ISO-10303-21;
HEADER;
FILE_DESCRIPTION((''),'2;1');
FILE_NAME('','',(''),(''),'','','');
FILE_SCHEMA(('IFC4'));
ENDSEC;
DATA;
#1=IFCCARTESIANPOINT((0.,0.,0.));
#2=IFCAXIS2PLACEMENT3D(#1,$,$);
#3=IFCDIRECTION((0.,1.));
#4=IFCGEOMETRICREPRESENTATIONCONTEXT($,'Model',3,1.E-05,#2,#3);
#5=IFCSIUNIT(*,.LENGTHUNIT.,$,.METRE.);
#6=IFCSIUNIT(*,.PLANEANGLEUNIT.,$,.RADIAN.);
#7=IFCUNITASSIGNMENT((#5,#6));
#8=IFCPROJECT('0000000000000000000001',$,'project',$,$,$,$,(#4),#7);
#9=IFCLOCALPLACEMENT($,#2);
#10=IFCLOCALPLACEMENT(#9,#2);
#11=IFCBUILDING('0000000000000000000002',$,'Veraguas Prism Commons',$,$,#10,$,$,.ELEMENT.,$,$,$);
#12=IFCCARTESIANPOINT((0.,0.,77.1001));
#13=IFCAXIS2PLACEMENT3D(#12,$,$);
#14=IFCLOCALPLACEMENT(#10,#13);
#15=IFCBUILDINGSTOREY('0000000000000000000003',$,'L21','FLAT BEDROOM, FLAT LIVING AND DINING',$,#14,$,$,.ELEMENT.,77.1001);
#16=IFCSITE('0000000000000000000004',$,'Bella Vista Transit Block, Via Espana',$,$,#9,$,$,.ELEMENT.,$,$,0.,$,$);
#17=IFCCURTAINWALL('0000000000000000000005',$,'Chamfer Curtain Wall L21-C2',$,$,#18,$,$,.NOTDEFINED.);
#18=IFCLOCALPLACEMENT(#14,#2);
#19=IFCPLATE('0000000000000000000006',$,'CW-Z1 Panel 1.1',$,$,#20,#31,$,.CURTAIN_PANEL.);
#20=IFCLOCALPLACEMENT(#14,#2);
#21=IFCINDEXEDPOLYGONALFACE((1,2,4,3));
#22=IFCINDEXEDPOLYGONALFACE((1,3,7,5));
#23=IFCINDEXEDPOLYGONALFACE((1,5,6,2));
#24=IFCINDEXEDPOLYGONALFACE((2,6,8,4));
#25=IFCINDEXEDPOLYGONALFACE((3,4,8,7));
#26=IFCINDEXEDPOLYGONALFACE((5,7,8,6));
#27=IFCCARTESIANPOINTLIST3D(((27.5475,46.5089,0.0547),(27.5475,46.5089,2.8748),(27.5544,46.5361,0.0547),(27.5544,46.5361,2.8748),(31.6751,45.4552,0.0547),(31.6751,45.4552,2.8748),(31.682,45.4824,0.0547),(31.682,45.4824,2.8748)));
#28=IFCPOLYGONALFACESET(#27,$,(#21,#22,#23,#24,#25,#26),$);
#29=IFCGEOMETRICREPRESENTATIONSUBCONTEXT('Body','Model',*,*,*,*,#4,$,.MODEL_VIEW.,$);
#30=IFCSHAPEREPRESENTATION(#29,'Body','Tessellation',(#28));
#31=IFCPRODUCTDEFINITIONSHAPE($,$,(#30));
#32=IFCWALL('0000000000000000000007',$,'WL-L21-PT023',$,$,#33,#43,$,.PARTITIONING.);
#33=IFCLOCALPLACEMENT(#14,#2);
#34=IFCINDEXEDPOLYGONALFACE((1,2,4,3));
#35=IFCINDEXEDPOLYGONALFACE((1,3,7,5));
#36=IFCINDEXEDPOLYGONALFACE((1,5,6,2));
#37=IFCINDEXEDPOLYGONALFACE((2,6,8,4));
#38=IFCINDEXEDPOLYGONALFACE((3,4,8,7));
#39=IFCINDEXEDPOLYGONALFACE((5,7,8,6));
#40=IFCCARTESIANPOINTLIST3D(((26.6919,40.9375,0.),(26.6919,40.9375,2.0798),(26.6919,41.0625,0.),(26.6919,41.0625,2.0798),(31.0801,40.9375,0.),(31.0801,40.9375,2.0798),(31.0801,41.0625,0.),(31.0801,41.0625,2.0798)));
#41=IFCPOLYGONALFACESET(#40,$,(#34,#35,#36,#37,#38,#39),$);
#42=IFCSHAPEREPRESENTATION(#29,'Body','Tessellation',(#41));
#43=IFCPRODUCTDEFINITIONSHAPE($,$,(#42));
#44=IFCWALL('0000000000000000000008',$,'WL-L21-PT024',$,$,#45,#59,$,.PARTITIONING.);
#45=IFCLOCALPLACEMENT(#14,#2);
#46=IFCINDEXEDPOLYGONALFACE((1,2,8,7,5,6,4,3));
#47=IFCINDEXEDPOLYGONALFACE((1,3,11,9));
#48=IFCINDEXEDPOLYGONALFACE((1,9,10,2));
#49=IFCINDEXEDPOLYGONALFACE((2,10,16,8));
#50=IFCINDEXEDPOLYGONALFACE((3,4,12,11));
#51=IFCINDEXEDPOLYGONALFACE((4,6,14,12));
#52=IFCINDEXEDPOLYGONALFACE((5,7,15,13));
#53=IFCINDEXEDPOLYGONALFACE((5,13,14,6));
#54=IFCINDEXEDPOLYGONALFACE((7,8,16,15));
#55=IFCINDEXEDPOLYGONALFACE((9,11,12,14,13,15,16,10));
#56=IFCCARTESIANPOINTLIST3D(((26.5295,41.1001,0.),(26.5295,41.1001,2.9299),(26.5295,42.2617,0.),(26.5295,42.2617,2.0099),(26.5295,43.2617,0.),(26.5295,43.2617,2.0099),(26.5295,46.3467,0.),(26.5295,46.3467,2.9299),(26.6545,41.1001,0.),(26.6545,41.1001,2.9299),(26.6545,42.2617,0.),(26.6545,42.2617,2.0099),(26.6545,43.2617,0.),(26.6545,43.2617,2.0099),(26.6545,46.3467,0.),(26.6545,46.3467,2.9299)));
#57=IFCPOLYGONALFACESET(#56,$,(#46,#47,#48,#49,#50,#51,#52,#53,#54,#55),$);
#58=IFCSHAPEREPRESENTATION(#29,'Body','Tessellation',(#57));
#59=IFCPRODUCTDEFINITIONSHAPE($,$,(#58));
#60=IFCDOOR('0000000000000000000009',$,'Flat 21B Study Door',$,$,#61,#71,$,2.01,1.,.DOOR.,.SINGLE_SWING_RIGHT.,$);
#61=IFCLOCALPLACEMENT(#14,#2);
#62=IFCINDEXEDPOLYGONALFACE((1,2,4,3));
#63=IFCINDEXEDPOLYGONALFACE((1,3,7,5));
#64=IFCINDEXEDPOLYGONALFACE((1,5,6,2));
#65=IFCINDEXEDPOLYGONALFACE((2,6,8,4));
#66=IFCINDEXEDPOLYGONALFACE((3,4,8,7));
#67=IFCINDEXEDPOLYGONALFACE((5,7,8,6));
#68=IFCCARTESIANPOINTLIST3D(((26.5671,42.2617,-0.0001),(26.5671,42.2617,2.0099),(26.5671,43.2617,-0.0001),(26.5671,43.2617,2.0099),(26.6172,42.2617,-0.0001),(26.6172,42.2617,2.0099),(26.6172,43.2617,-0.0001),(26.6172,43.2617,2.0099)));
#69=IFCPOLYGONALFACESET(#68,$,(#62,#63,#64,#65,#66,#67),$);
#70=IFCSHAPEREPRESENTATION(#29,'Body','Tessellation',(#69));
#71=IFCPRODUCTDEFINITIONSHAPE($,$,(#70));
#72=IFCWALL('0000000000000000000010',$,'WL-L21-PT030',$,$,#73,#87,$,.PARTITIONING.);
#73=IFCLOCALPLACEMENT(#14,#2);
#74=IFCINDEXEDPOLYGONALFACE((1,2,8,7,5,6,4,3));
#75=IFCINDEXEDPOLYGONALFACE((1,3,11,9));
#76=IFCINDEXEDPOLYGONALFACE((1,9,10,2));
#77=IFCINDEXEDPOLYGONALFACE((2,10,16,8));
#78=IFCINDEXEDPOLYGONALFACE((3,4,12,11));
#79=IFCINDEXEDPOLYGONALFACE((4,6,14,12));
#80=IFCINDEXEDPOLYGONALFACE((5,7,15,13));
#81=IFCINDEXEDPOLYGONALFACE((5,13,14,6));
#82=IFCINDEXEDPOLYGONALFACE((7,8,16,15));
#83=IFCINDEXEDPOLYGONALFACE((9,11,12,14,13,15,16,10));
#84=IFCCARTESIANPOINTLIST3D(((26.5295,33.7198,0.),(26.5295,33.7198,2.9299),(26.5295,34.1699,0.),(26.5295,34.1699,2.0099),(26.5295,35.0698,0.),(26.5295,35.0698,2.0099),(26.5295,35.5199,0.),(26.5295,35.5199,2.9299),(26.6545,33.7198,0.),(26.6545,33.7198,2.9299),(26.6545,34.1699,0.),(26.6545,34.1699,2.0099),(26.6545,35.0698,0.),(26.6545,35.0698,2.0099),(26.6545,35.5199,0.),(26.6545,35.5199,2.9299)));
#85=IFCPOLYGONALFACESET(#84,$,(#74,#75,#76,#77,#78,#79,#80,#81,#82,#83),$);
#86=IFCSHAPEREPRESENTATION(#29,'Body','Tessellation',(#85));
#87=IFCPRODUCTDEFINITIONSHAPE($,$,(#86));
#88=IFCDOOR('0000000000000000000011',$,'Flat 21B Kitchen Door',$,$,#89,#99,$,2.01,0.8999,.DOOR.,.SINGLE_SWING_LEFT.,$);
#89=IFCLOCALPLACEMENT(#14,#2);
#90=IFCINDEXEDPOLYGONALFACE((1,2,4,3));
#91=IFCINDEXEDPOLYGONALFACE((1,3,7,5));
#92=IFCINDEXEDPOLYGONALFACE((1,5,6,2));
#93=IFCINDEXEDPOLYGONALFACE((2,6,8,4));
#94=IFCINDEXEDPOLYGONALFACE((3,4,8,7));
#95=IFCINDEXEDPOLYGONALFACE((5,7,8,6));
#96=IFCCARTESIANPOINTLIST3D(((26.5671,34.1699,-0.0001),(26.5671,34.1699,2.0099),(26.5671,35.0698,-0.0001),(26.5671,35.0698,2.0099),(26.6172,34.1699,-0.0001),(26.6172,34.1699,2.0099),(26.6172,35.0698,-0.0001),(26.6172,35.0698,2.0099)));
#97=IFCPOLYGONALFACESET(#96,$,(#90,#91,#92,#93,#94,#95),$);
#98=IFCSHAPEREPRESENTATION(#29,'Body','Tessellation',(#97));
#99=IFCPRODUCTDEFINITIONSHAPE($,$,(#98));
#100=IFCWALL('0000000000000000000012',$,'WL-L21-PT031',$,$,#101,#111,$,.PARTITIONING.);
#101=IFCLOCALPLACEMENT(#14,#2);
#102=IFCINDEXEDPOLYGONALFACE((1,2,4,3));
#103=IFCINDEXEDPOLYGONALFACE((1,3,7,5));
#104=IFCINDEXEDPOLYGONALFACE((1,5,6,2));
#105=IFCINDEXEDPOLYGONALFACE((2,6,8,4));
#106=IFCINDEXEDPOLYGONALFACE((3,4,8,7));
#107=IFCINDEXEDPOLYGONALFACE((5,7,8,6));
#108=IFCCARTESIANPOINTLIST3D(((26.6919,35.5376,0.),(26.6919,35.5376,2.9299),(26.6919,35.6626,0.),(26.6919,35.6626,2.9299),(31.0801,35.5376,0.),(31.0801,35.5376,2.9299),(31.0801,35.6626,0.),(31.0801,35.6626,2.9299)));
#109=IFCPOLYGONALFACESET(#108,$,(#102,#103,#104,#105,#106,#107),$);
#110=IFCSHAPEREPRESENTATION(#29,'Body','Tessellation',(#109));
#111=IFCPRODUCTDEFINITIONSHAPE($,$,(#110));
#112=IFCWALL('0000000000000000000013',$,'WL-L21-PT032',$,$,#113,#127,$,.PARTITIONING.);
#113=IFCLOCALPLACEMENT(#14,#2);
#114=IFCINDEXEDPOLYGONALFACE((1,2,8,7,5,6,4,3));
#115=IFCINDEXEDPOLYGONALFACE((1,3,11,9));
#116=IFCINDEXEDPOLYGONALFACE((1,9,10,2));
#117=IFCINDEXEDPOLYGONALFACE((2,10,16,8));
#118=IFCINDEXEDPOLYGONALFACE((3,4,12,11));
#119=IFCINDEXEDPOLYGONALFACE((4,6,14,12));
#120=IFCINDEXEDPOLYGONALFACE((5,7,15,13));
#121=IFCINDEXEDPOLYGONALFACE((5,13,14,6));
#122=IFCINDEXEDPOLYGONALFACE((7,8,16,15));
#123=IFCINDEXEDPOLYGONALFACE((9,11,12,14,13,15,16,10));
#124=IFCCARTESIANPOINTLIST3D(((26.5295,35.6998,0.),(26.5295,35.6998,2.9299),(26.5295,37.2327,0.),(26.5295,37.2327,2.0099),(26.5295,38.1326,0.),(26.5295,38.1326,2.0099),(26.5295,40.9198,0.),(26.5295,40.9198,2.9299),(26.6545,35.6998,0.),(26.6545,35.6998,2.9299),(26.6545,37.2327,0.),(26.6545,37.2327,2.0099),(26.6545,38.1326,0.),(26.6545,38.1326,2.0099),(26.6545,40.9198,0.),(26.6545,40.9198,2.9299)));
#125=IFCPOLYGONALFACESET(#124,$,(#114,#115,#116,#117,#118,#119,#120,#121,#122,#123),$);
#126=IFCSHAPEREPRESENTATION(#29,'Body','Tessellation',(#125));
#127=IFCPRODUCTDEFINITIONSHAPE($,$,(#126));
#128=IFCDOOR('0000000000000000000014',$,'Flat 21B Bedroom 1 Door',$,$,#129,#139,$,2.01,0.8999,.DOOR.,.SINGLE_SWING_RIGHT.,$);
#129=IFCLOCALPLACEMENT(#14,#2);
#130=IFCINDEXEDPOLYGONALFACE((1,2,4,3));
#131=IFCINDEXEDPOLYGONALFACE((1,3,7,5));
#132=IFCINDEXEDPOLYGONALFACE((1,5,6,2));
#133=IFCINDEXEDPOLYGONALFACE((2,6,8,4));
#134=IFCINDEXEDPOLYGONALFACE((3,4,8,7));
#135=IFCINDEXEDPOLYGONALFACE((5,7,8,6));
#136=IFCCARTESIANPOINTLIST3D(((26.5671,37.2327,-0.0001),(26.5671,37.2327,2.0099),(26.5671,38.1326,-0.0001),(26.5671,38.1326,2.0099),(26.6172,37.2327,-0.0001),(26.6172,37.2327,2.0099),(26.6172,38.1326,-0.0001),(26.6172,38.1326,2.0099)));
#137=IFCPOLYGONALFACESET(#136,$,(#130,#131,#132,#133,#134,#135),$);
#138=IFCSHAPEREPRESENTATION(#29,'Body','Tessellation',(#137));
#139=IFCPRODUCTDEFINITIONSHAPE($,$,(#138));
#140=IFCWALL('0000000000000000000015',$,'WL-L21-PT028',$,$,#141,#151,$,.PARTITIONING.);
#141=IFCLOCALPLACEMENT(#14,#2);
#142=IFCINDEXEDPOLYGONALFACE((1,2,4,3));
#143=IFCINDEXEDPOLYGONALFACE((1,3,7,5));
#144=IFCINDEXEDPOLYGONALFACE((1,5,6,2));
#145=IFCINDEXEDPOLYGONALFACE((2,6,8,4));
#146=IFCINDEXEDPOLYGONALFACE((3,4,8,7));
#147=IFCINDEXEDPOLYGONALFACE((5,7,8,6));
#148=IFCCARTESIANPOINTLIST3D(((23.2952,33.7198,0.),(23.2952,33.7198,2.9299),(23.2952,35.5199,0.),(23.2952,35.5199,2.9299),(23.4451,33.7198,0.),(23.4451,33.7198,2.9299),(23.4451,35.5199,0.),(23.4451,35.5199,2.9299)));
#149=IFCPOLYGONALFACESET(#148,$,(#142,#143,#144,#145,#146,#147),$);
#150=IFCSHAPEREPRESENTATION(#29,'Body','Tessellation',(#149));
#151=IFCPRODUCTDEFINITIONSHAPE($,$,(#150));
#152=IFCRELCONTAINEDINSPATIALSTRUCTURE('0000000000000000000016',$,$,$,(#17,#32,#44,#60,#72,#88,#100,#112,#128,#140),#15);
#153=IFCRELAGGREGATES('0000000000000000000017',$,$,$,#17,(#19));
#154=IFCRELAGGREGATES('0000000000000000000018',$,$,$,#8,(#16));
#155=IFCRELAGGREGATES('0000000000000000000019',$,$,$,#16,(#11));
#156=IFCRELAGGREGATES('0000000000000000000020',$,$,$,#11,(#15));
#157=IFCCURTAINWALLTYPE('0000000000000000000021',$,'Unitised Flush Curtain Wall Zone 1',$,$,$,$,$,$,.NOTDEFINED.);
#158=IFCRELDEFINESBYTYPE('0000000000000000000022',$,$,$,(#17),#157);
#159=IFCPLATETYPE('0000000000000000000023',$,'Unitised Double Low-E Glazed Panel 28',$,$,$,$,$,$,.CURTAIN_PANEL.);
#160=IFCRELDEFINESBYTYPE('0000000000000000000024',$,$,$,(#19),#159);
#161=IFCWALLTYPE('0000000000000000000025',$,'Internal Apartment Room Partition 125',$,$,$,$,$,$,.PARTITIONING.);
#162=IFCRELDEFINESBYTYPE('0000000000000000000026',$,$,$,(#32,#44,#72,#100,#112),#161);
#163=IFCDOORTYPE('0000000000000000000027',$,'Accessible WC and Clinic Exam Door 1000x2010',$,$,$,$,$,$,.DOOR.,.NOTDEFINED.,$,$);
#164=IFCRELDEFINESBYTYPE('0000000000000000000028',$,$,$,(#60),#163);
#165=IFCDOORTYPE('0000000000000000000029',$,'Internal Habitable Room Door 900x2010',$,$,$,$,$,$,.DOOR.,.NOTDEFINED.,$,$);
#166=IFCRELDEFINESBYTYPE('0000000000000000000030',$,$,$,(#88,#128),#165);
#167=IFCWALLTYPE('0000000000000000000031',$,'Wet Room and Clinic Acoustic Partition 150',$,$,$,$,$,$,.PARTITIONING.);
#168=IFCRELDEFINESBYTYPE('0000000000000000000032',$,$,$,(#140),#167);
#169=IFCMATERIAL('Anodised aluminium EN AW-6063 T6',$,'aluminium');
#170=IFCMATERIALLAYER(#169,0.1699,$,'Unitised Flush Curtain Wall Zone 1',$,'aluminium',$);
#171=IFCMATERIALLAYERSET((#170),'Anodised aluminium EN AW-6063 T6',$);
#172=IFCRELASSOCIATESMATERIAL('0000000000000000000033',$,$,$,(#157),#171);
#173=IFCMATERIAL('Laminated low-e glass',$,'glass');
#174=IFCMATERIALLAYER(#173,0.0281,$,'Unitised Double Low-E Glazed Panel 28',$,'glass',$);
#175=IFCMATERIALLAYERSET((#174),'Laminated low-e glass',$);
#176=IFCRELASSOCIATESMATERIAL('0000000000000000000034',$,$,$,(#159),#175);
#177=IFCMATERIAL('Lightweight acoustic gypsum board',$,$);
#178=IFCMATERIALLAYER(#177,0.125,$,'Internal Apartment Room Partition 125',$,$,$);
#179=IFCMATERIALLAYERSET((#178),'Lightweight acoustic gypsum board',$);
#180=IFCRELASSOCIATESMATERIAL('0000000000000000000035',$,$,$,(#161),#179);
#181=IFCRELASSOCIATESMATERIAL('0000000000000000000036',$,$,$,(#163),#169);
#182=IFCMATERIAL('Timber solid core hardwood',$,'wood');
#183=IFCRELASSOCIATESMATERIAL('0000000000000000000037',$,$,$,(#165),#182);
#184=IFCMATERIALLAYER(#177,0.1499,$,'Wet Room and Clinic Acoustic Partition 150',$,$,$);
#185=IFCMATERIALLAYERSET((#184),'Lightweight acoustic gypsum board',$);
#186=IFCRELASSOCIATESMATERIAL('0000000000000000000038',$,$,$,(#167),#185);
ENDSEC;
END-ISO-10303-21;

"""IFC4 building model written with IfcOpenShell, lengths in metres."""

from ifc_helpers import new_model, si_unit, direction, frame, frame_2d, origin, origin_2d, place, context, subcontext, project, spatial, rectangle, extrude, source, transform, mapped, material, layer, layer_set, type_object, element, fill, aggregate, save


model = new_model("IFC4")

# Units and contexts
model_context = context("Model", 3, precision=1e-05, world=origin(), true_north=direction((0.0, 1.0)))
body_context = subcontext(model_context, "Body", "Model", "MODEL_VIEW")
ifc_project = project(units=[si_unit("LENGTHUNIT", "METRE"), si_unit("PLANEANGLEUNIT", "RADIAN")], contexts=[model_context])

# Site, building, storey
site_placement = place(None, origin())
site = spatial("IfcSite", under=ifc_project, at=site_placement, Name="Bella Vista Transit Block, Via Espana", CompositionType="ELEMENT", RefElevation=0.0)
building_placement = place(site_placement, origin())
building = spatial("IfcBuilding", under=site, at=building_placement, Name="Veraguas Prism Commons", CompositionType="ELEMENT")
storey_placement = place(building_placement, frame((0.0, 0.0, 77.1001)))
storey = spatial("IfcBuildingStorey", under=building, at=storey_placement, Name="L21", Description="FLAT BEDROOM, FLAT LIVING AND DINING", CompositionType="ELEMENT", Elevation=77.1001)

# Shared definitions
ifc_material_1 = material(Name="Anodised aluminium EN AW-6063 T6", Category="aluminium")
ifc_layer_1 = layer(ifc_material_1, 0.1699, Name="Unitised Flush Curtain Wall Zone 1", Category="aluminium")
ifc_layer_set_1 = layer_set([ifc_layer_1], Name="Anodised aluminium EN AW-6063 T6")
curtain_wall_type = type_object("IfcCurtainWallType", Name="Unitised Flush Curtain Wall Zone 1", PredefinedType="NOTDEFINED", material=ifc_layer_set_1)

# Curtain wall
curtain_wall_1_placement = place(storey_placement, origin())
curtain_wall_1 = element("IfcCurtainWall", 1, at=curtain_wall_1_placement, inside=storey, type_object=curtain_wall_type, Name="Chamfer Curtain Wall L21-C2", PredefinedType="NOTDEFINED")

# Plate
ifc_material_2 = material(Name="Laminated low-e glass", Category="glass")
ifc_layer_2 = layer(ifc_material_2, 0.0281, Name="Unitised Double Low-E Glazed Panel 28", Category="glass")
ifc_layer_set_2 = layer_set([ifc_layer_2], Name="Laminated low-e glass")
plate_type = type_object("IfcPlateType", Name="Unitised Double Low-E Glazed Panel 28", PredefinedType="CURTAIN_PANEL", material=ifc_layer_set_2)
shared_shape_1 = source(origin(), body_context, "Body", "SweptSolid", [
    extrude(rectangle(XDim=4.26, YDim=0.0281, at=origin_2d()), origin(), (0.0, 0.0, 1.0), 2.8201),
])
plate_1_placement = place(storey_placement, frame((29.6147, 45.9956, 0.0547), z_axis=(0.0, 0.0, 1.0), x_axis=(-0.968927, 0.247346, 0.0)))
plate_1 = element("IfcPlate", 2, at=plate_1_placement, type_object=plate_type, Name="CW-Z1 Panel 1.1", PredefinedType="CURTAIN_PANEL", context=body_context, shape_type="MappedRepresentation", body=[
    mapped(shared_shape_1, transform((0.0, 0.0, 0.0), scale=1.0)),
])
aggregate(curtain_wall_1, [plate_1])

# Wall
ifc_material_3 = material(Name="Lightweight acoustic gypsum board")
ifc_layer_3 = layer(ifc_material_3, 0.125, Name="Internal Apartment Room Partition 125")
ifc_layer_set_3 = layer_set([ifc_layer_3], Name="Lightweight acoustic gypsum board")
wall_type_1 = type_object("IfcWallType", Name="Internal Apartment Room Partition 125", PredefinedType="PARTITIONING", material=ifc_layer_set_3)
wall_1_placement = place(storey_placement, frame((26.6919, 41.0, 0.0), z_axis=(0.0, 0.0, 1.0), x_axis=(1.0, 0.0, 0.0)))
element("IfcWall", 3, at=wall_1_placement, inside=storey, type_object=wall_type_1, Name="WL-L21-PT023", PredefinedType="PARTITIONING", context=body_context, shape_type="SweptSolid", body=[
    extrude(rectangle(XDim=4.3882, YDim=0.125, at=frame_2d((2.1941, 0.0))), origin(), (0.0, 0.0, 1.0), 2.0798),
])

# Walls, openings, doors
wall_2_placement = place(storey_placement, frame((26.592, 41.1001, 0.0), z_axis=(0.0, 0.0, 1.0), x_axis=(0.0, 1.0, 0.0)))
wall_2 = element("IfcWall", 4, at=wall_2_placement, inside=storey, type_object=wall_type_1, Name="WL-L21-PT024", PredefinedType="PARTITIONING", context=body_context, shape_type="SweptSolid", body=[
    extrude(rectangle(XDim=5.2466, YDim=0.125, at=frame_2d((2.6233, 0.0))), origin(), (0.0, 0.0, 1.0), 2.9299),
])
opening_1_placement = place(wall_2_placement, frame((1.1616, 0.0, 0.0)))
opening_1 = element("IfcOpeningElement", 5, at=opening_1_placement, cuts=wall_2, PredefinedType="OPENING", context=body_context, shape_type="SweptSolid", body=[
    extrude(rectangle(XDim=1.0, YDim=2.01, at=frame_2d((0.5, 1.0049))), frame((0.0, 0.0725, 0.0), z_axis=(0.0, -1.0, 0.0), x_axis=(1.0, 0.0, 0.0)), (0.0, 0.0, 1.0), 0.145),
])
door_type_1 = type_object("IfcDoorType", Name="Accessible WC and Clinic Exam Door 1000x2010", OperationType="NOTDEFINED", PredefinedType="DOOR", material=ifc_material_1)
shared_shape_2 = source(origin(), body_context, "Body", "SweptSolid", [
    extrude(rectangle(XDim=1.0, YDim=2.01, at=frame_2d((0.5, 1.0049))), frame((0.0, 0.0249, 0.0), z_axis=(0.0, -1.0, 0.0), x_axis=(1.0, 0.0, 0.0)), (0.0, 0.0, 1.0), 0.05),
])
door_1_placement = place(opening_1_placement, origin())
door_1 = element("IfcDoor", 6, at=door_1_placement, inside=storey, type_object=door_type_1, Name="Flat 21B Study Door", OperationType="SINGLE_SWING_RIGHT", OverallHeight=2.01, OverallWidth=1.0, PredefinedType="DOOR", context=body_context, shape_type="MappedRepresentation", body=[
    mapped(shared_shape_2, transform((0.0, 0.0, 0.0), scale=1.0)),
])
fill(opening_1, door_1)
wall_3_placement = place(storey_placement, frame((26.592, 33.72, 0.0), z_axis=(0.0, 0.0, 1.0), x_axis=(0.0, 1.0, 0.0)))
wall_3 = element("IfcWall", 7, at=wall_3_placement, inside=storey, type_object=wall_type_1, Name="WL-L21-PT030", PredefinedType="PARTITIONING", context=body_context, shape_type="SweptSolid", body=[
    extrude(rectangle(XDim=1.8, YDim=0.125, at=frame_2d((0.8999, 0.0))), origin(), (0.0, 0.0, 1.0), 2.9299),
])
opening_2_placement = place(wall_3_placement, frame((0.45, 0.0, 0.0)))
opening_2 = element("IfcOpeningElement", 8, at=opening_2_placement, cuts=wall_3, PredefinedType="OPENING", context=body_context, shape_type="SweptSolid", body=[
    extrude(rectangle(XDim=0.8999, YDim=2.01, at=frame_2d((0.45, 1.0049))), frame((0.0, 0.0725, 0.0), z_axis=(0.0, -1.0, 0.0), x_axis=(1.0, 0.0, 0.0)), (0.0, 0.0, 1.0), 0.145),
])
ifc_material_4 = material(Name="Timber solid core hardwood", Category="wood")
door_type_2 = type_object("IfcDoorType", Name="Internal Habitable Room Door 900x2010", OperationType="NOTDEFINED", PredefinedType="DOOR", material=ifc_material_4)
shared_shape_3 = source(origin(), body_context, "Body", "SweptSolid", [
    extrude(rectangle(XDim=0.8999, YDim=2.01, at=frame_2d((0.45, 1.0049))), frame((0.0, 0.0249, 0.0), z_axis=(0.0, -1.0, 0.0), x_axis=(1.0, 0.0, 0.0)), (0.0, 0.0, 1.0), 0.05),
])
door_2_placement = place(opening_2_placement, origin())
door_2 = element("IfcDoor", 9, at=door_2_placement, inside=storey, type_object=door_type_2, Name="Flat 21B Kitchen Door", OperationType="SINGLE_SWING_LEFT", OverallHeight=2.01, OverallWidth=0.8999, PredefinedType="DOOR", context=body_context, shape_type="MappedRepresentation", body=[
    mapped(shared_shape_3, transform((0.0, 0.0, 0.0), scale=1.0)),
])
fill(opening_2, door_2)

# Wall
wall_4_placement = place(storey_placement, frame((26.6919, 35.6001, 0.0), z_axis=(0.0, 0.0, 1.0), x_axis=(1.0, 0.0, 0.0)))
element("IfcWall", 10, at=wall_4_placement, inside=storey, type_object=wall_type_1, Name="WL-L21-PT031", PredefinedType="PARTITIONING", context=body_context, shape_type="SweptSolid", body=[
    extrude(rectangle(XDim=4.3882, YDim=0.125, at=frame_2d((2.1941, 0.0))), origin(), (0.0, 0.0, 1.0), 2.9299),
])

# Wall, opening, door
wall_5_placement = place(storey_placement, frame((26.592, 35.7, 0.0), z_axis=(0.0, 0.0, 1.0), x_axis=(0.0, 1.0, 0.0)))
wall_5 = element("IfcWall", 11, at=wall_5_placement, inside=storey, type_object=wall_type_1, Name="WL-L21-PT032", PredefinedType="PARTITIONING", context=body_context, shape_type="SweptSolid", body=[
    extrude(rectangle(XDim=5.22, YDim=0.125, at=frame_2d((2.6099, 0.0))), origin(), (0.0, 0.0, 1.0), 2.9299),
])
opening_3_placement = place(wall_5_placement, frame((1.5327, 0.0, 0.0)))
opening_3 = element("IfcOpeningElement", 12, at=opening_3_placement, cuts=wall_5, PredefinedType="OPENING", context=body_context, shape_type="SweptSolid", body=[
    extrude(rectangle(XDim=0.8999, YDim=2.01, at=frame_2d((0.45, 1.0049))), frame((0.0, 0.0725, 0.0), z_axis=(0.0, -1.0, 0.0), x_axis=(1.0, 0.0, 0.0)), (0.0, 0.0, 1.0), 0.145),
])
door_3_placement = place(opening_3_placement, origin())
door_3 = element("IfcDoor", 13, at=door_3_placement, inside=storey, type_object=door_type_2, Name="Flat 21B Bedroom 1 Door", OperationType="SINGLE_SWING_RIGHT", OverallHeight=2.01, OverallWidth=0.8999, PredefinedType="DOOR", context=body_context, shape_type="MappedRepresentation", body=[
    mapped(shared_shape_3, transform((0.0, 0.0, 0.0), scale=1.0)),
])
fill(opening_3, door_3)

# Wall
ifc_layer_4 = layer(ifc_material_3, 0.1499, Name="Wet Room and Clinic Acoustic Partition 150")
ifc_layer_set_4 = layer_set([ifc_layer_4], Name="Lightweight acoustic gypsum board")
wall_type_2 = type_object("IfcWallType", Name="Wet Room and Clinic Acoustic Partition 150", PredefinedType="PARTITIONING", material=ifc_layer_set_4)
wall_6_placement = place(storey_placement, frame((23.3701, 33.72, 0.0), z_axis=(0.0, 0.0, 1.0), x_axis=(0.0, 1.0, 0.0)))
element("IfcWall", 14, at=wall_6_placement, inside=storey, type_object=wall_type_2, Name="WL-L21-PT028", PredefinedType="PARTITIONING", context=body_context, shape_type="SweptSolid", body=[
    extrude(rectangle(XDim=1.8, YDim=0.1499, at=frame_2d((0.8999, 0.0))), origin(), (0.0, 0.0, 1.0), 2.9299),
])

save(model, "model.ifc")
